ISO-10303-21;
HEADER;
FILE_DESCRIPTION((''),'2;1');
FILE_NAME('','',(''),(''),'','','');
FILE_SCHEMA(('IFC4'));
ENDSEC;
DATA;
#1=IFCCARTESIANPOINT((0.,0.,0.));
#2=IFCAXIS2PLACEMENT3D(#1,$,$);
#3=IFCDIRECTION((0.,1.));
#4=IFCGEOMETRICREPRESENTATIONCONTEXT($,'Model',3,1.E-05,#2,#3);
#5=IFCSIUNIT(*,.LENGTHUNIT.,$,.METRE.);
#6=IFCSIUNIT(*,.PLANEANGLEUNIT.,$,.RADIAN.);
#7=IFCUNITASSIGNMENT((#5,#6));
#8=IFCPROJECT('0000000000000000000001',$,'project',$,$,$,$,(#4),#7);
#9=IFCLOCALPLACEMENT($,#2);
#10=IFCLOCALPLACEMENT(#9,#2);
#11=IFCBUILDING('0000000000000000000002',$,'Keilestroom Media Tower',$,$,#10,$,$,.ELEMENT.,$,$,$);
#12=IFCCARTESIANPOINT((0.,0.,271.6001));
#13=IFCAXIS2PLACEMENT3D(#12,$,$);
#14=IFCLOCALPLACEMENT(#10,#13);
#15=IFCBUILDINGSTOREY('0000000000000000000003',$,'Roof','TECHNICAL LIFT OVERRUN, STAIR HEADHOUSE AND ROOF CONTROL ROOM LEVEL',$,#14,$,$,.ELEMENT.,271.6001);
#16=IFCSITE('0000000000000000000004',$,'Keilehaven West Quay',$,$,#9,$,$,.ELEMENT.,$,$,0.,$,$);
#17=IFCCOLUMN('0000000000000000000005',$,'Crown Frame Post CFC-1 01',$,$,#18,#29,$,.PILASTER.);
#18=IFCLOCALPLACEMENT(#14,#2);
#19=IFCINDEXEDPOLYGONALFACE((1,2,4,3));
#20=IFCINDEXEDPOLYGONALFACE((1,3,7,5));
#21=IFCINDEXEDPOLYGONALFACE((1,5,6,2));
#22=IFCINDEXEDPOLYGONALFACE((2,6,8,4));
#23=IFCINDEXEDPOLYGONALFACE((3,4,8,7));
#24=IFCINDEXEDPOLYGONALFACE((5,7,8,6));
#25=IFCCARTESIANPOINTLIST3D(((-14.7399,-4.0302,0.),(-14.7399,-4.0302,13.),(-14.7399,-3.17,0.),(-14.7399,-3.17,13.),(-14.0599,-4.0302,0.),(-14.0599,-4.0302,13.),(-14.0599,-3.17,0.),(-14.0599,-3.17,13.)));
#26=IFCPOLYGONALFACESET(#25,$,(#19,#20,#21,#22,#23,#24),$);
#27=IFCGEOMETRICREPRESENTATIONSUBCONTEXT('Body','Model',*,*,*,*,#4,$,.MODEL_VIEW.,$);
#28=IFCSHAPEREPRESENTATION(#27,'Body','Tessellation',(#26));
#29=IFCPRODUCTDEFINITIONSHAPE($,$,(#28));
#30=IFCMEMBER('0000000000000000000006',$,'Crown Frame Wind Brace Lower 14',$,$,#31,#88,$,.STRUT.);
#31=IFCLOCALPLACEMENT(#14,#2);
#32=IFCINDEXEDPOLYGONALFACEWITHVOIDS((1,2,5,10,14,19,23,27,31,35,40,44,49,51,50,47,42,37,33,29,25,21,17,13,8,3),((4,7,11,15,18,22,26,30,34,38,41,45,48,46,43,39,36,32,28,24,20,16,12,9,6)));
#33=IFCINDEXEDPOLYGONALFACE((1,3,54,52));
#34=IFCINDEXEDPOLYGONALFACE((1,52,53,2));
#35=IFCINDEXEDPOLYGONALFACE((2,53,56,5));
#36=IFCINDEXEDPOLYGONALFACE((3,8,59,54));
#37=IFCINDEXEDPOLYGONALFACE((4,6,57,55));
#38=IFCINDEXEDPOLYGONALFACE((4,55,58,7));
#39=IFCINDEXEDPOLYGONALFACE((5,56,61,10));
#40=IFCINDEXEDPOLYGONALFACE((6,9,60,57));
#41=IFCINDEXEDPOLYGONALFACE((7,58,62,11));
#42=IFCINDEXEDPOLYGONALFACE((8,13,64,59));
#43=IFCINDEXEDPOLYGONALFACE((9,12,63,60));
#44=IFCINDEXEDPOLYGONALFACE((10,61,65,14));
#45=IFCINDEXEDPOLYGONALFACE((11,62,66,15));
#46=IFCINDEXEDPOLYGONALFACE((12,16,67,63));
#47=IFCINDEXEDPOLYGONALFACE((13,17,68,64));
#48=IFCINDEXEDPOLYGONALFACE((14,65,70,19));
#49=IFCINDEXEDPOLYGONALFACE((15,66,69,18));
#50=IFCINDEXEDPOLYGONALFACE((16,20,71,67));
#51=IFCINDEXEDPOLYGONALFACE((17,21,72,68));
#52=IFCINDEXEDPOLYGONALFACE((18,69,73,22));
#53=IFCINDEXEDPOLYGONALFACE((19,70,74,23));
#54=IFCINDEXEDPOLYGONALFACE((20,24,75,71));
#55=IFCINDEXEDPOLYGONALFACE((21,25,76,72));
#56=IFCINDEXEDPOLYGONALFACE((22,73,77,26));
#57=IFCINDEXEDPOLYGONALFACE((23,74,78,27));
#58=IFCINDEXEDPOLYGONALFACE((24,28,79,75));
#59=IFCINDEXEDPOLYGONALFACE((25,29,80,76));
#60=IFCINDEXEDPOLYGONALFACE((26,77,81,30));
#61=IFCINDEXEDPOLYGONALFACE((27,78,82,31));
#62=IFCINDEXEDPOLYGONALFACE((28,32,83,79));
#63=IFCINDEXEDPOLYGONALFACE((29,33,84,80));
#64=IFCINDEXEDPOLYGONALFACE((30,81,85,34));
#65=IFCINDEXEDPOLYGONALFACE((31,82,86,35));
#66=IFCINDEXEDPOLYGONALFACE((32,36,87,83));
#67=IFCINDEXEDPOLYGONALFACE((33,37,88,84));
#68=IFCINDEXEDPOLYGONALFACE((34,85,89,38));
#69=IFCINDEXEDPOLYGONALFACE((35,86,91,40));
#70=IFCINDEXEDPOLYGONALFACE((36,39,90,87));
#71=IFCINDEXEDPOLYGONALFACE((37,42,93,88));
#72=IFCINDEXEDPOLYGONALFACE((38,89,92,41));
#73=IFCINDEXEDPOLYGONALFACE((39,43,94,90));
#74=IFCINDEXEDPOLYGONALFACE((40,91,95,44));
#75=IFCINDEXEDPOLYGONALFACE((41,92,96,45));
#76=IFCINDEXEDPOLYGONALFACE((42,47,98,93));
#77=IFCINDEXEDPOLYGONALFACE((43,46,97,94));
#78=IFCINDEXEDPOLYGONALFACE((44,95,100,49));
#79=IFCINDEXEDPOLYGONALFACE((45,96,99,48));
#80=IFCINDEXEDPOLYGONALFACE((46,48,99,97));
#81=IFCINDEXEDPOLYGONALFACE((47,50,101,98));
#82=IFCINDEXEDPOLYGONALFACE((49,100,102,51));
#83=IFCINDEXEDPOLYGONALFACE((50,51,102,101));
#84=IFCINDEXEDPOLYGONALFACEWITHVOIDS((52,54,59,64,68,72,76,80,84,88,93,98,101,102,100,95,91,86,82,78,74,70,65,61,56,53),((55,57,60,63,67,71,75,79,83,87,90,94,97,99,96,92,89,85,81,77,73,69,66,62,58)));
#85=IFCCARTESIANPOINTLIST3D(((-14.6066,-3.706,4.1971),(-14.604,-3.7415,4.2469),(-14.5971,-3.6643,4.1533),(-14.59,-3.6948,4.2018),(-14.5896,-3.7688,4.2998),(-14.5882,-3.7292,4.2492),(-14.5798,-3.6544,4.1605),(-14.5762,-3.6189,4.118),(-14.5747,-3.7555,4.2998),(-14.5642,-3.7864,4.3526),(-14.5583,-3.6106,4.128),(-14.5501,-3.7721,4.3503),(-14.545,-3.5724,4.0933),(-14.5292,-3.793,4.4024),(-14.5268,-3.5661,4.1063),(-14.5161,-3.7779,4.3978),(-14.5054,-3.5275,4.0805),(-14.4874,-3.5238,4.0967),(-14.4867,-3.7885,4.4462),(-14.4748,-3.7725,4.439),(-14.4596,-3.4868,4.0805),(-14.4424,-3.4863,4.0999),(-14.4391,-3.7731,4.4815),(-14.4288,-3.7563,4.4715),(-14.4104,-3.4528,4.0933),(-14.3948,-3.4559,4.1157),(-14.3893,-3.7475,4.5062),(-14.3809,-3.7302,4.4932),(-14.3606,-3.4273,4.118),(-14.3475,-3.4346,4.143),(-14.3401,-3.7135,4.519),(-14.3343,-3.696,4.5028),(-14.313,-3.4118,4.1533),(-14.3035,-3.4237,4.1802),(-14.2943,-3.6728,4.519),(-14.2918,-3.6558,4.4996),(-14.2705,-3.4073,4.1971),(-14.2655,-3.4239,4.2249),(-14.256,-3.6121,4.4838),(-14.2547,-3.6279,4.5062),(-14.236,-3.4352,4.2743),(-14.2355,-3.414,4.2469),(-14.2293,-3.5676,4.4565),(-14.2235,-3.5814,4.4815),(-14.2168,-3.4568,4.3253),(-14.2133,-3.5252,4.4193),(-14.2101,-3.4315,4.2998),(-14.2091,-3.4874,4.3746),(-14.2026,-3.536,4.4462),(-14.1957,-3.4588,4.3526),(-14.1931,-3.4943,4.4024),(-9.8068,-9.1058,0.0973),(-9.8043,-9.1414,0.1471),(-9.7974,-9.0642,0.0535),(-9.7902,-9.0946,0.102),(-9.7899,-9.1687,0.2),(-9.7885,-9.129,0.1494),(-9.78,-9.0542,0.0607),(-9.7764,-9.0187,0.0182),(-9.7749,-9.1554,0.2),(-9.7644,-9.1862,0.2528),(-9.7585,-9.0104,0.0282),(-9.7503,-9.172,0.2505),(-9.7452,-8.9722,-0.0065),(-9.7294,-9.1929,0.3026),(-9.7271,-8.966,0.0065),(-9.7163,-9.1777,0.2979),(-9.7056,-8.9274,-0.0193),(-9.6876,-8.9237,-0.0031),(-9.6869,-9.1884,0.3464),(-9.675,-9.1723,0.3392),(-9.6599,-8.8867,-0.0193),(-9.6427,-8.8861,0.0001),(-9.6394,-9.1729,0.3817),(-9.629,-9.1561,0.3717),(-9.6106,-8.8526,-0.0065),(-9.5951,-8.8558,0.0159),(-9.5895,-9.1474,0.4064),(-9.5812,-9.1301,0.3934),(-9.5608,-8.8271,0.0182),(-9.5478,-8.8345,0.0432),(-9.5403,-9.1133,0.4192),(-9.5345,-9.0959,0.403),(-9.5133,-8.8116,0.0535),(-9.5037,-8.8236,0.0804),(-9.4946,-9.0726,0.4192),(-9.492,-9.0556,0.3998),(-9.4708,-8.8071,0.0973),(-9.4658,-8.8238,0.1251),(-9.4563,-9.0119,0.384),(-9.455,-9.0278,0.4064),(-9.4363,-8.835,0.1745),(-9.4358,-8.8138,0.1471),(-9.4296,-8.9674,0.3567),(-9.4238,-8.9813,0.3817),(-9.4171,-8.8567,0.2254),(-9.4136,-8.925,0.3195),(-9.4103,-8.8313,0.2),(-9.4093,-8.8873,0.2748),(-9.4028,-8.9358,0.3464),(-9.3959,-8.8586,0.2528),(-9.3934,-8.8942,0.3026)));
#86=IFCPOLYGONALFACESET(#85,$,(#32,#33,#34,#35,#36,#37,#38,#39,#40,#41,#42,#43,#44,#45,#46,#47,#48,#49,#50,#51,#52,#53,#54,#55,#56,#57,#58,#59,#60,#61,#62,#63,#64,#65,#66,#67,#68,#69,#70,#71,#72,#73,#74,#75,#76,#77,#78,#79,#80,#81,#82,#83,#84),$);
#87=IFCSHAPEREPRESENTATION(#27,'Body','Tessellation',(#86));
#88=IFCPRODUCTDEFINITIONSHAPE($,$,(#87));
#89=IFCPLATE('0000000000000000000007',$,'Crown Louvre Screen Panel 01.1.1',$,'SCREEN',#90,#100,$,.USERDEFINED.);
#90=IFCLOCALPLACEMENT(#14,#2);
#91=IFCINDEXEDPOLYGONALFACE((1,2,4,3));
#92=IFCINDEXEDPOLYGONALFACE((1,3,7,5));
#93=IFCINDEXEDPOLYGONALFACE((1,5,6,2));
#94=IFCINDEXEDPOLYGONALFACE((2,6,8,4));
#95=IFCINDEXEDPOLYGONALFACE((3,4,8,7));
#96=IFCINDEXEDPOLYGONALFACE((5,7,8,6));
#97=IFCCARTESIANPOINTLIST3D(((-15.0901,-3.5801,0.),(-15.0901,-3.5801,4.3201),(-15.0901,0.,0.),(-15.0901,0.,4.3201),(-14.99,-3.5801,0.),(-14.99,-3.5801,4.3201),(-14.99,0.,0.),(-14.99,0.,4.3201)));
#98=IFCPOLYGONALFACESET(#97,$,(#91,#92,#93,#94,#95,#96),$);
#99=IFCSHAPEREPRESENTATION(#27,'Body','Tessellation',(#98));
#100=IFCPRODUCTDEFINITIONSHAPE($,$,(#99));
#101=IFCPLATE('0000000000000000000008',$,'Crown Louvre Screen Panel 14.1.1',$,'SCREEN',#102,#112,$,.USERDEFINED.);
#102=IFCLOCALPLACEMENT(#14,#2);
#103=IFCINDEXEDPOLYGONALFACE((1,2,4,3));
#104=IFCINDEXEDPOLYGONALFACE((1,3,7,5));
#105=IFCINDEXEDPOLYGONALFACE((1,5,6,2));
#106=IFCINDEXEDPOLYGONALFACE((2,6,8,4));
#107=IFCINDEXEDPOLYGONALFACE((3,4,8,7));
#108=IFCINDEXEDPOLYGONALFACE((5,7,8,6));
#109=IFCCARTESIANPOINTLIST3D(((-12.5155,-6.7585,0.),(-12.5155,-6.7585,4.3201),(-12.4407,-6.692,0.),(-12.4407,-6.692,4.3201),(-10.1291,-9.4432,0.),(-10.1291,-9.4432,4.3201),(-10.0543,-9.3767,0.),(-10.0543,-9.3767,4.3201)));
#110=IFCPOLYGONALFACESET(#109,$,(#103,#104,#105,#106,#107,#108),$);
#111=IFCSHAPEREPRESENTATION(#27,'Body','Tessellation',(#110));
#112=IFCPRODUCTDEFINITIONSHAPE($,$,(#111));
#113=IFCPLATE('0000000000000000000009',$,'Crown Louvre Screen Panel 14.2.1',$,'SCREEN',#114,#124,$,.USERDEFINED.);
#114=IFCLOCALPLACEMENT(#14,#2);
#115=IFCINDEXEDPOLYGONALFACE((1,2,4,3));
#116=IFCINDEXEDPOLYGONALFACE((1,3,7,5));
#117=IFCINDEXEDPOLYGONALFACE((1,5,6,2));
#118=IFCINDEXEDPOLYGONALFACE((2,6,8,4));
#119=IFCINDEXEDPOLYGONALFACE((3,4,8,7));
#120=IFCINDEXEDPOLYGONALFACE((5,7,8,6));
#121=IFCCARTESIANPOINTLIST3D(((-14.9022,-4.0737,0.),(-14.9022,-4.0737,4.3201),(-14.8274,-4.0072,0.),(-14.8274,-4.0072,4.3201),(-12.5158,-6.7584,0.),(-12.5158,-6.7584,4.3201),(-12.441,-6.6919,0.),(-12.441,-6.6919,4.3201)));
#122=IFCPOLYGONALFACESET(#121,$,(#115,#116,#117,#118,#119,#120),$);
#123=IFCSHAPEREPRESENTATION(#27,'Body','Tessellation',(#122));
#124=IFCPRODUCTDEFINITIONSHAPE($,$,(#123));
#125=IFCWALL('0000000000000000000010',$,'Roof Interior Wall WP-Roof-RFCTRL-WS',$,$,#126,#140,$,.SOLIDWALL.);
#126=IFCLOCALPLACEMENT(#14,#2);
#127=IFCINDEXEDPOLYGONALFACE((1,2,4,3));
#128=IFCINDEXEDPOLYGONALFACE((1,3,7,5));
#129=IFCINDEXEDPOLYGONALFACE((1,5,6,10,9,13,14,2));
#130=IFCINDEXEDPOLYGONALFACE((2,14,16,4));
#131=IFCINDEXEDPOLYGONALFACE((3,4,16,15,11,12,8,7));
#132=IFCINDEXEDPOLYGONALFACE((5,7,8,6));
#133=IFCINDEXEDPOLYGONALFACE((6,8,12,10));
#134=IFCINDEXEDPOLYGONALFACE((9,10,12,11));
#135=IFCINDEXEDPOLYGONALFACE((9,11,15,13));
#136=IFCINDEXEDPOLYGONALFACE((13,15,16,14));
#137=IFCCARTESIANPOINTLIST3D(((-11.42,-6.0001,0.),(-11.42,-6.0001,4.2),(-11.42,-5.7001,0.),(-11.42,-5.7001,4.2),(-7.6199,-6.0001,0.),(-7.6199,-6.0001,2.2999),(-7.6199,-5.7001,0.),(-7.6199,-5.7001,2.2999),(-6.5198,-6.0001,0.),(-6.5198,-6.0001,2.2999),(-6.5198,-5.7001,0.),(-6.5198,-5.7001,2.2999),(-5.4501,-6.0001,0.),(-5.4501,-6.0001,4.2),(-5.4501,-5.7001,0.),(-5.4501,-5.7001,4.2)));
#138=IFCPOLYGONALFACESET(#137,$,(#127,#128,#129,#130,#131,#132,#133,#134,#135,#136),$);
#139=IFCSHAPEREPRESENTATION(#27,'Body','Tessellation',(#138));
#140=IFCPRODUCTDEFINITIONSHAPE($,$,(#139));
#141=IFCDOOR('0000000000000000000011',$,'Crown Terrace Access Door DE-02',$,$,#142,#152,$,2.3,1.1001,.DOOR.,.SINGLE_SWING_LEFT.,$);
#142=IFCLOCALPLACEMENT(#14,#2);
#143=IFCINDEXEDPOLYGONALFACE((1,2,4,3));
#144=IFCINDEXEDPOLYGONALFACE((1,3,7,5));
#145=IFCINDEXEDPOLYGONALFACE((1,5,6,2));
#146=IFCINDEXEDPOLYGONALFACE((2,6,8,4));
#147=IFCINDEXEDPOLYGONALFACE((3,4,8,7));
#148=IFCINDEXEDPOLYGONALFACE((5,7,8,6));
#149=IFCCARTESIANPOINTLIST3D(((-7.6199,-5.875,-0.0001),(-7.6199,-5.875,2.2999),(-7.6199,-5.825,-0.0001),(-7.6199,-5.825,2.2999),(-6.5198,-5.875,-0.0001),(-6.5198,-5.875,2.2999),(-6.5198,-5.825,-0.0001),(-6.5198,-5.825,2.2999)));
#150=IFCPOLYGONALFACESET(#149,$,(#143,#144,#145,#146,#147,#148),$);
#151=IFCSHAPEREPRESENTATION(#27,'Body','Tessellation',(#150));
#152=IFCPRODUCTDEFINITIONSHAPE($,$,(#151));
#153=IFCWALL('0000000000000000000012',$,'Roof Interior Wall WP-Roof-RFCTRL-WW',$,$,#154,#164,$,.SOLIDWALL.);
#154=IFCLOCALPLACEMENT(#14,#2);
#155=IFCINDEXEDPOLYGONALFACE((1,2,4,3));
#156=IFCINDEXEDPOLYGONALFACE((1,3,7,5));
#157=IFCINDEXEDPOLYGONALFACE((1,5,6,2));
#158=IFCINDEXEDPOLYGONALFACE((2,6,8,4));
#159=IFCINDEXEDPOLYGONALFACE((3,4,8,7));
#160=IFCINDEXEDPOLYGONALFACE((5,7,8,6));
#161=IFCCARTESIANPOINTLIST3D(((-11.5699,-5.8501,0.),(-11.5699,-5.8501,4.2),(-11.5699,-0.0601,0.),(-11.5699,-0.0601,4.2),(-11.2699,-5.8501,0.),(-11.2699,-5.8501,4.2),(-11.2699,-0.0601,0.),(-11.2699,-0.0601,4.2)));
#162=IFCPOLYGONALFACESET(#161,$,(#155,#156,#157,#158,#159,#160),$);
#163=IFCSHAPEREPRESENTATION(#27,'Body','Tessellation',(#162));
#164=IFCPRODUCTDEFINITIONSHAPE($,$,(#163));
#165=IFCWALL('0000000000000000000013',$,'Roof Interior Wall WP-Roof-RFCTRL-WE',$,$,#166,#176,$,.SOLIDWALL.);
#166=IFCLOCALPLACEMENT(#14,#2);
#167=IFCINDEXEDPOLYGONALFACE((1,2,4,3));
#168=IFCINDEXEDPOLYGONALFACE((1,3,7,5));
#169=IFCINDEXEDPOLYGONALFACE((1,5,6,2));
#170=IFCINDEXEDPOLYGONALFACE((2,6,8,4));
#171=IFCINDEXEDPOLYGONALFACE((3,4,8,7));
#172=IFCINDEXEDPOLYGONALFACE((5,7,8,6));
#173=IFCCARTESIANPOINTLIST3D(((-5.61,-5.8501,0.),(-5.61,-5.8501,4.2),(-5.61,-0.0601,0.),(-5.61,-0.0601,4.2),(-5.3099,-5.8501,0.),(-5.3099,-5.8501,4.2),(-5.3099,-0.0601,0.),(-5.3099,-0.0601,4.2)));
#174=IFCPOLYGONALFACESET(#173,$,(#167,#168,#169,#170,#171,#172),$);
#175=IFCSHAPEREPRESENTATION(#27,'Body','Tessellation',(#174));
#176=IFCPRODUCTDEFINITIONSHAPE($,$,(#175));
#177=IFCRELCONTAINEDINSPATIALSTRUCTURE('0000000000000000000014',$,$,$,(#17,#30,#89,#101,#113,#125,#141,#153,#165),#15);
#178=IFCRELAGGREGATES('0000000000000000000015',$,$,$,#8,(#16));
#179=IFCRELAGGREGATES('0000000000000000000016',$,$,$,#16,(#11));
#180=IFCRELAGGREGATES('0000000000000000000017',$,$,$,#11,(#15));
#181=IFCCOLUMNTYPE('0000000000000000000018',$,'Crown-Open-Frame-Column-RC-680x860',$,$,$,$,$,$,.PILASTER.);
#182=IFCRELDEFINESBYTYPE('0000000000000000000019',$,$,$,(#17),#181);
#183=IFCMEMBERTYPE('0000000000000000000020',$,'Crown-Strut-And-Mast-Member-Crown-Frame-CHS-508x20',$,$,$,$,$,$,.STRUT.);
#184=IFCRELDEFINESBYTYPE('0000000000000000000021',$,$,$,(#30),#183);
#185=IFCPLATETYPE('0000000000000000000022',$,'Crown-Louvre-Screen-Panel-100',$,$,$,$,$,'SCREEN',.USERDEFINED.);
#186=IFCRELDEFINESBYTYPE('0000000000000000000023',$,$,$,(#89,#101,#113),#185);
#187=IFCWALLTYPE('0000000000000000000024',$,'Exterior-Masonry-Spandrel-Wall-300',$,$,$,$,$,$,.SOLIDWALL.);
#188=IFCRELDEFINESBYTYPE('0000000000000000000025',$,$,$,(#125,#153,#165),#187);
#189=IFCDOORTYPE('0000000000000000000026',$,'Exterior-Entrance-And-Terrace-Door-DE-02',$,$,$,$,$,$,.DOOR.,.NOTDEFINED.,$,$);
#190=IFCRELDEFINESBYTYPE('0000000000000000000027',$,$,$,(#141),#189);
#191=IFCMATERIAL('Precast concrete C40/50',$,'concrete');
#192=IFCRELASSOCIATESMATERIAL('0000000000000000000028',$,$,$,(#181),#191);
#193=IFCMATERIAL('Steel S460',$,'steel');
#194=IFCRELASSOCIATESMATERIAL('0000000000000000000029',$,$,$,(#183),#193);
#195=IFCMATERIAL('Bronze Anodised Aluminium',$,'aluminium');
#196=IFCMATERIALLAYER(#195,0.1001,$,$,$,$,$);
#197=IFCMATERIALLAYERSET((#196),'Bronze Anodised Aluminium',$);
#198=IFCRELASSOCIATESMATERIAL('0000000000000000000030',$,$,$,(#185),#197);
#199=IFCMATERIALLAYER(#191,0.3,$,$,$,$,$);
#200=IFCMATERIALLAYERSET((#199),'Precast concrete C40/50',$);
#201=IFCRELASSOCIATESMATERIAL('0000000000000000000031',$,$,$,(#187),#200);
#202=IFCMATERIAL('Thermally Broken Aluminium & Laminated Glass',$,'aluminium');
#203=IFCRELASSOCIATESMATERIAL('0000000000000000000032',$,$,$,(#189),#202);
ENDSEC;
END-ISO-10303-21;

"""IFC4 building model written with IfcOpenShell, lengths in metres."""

from ifc_helpers import new_model, si_unit, direction, frame, frame_2d, origin, origin_2d, place, context, subcontext, project, spatial, rectangle, hollow_circle, extrude, source, transform, mapped, material, layer, layer_set, material_profile, profile_set, type_object, element, fill, save


model = new_model("IFC4")

# Units and contexts
model_context = context("Model", 3, precision=1e-05, world=origin(), true_north=direction((0.0, 1.0)))
body_context = subcontext(model_context, "Body", "Model", "MODEL_VIEW")
ifc_project = project(units=[si_unit("LENGTHUNIT", "METRE"), si_unit("PLANEANGLEUNIT", "RADIAN")], contexts=[model_context])

# Site, building, storey
site_placement = place(None, origin())
site = spatial("IfcSite", under=ifc_project, at=site_placement, Name="Keilehaven West Quay", CompositionType="ELEMENT", RefElevation=0.0)
building_placement = place(site_placement, origin())
building = spatial("IfcBuilding", under=site, at=building_placement, Name="Keilestroom Media Tower", CompositionType="ELEMENT")
storey_placement = place(building_placement, frame((0.0, 0.0, 271.6001)))
storey = spatial("IfcBuildingStorey", under=building, at=storey_placement, Name="Roof", Description="TECHNICAL LIFT OVERRUN, STAIR HEADHOUSE AND ROOF CONTROL ROOM LEVEL", CompositionType="ELEMENT", Elevation=271.6001)

# Column
ifc_material_1 = material(Name="Precast concrete C40/50", Category="concrete")
ifc_material_profile_1 = material_profile(ifc_material_1, rectangle(XDim=0.6799, YDim=0.8601, at=origin_2d()), Name="CF 860x680")
ifc_profile_set_1 = profile_set([ifc_material_profile_1], Name="Precast concrete C40/50")
column_type = type_object("IfcColumnType", Name="Crown-Open-Frame-Column-RC-680x860", PredefinedType="PILASTER", material=ifc_profile_set_1)
shared_shape_1 = source(origin(), body_context, "Body", "SweptSolid", [
    extrude(rectangle(XDim=0.6799, YDim=0.8601, at=origin_2d()), origin(), (0.0, 0.0, 1.0), 13.0),
])
column_placement = place(storey_placement, frame((-14.3999, -3.6001, 0.0), z_axis=(0.0, 0.0, 1.0), x_axis=(1.0, 0.0, 0.0)))
element("IfcColumn", 1, at=column_placement, inside=storey, type_object=column_type, Name="Crown Frame Post CFC-1 01", PredefinedType="PILASTER", context=body_context, shape_type="MappedRepresentation", body=[
    mapped(shared_shape_1, transform((0.0, 0.0, 0.0), x_axis=(1.0, 0.0, 0.0), y_axis=(0.0, 1.0, 0.0), z_axis=(0.0, 0.0, 1.0), scale=1.0)),
])

# Member
ifc_material_2 = material(Name="Steel S460", Category="steel")
ifc_material_profile_2 = material_profile(ifc_material_2, hollow_circle(Radius=0.2539, WallThickness=0.02, at=origin_2d()), Name="CHS 508x20")
ifc_profile_set_2 = profile_set([ifc_material_profile_2], Name="Steel S460")
member_type = type_object("IfcMemberType", Name="Crown-Strut-And-Mast-Member-Crown-Frame-CHS-508x20", PredefinedType="STRUT", material=ifc_profile_set_2)
shared_shape_2 = source(origin(), body_context, "Body", "SweptSolid", [
    extrude(hollow_circle(Radius=0.2539, WallThickness=0.02, at=origin_2d()), origin(), (0.0, 0.0, 1.0), 8.3069),
])
member_placement = place(storey_placement, frame((-9.6001, -9.0, 0.2), z_axis=(-0.577804, 0.650044, 0.493543), x_axis=(-0.747417, -0.664355, 0.0)))
element("IfcMember", 2, at=member_placement, inside=storey, type_object=member_type, Name="Crown Frame Wind Brace Lower 14", PredefinedType="STRUT", context=body_context, shape_type="MappedRepresentation", body=[
    mapped(shared_shape_2, transform((0.0, 0.0, 0.0), x_axis=(1.0, 0.0, 0.0), y_axis=(0.0, 1.0, 0.0), z_axis=(0.0, 0.0, 1.0), scale=1.0)),
])

# Plates
ifc_material_3 = material(Name="Bronze Anodised Aluminium", Category="aluminium")
ifc_layer_1 = layer(ifc_material_3, 0.1001)
ifc_layer_set_1 = layer_set([ifc_layer_1], Name="Bronze Anodised Aluminium")
plate_type = type_object("IfcPlateType", Name="Crown-Louvre-Screen-Panel-100", ElementType="SCREEN", PredefinedType="USERDEFINED", material=ifc_layer_set_1)
shared_shape_3 = source(origin(), body_context, "Body", "SweptSolid", [
    extrude(rectangle(XDim=3.5801, YDim=0.1001, at=origin_2d()), origin(), (0.0, 0.0, 1.0), 4.3201),
])
plate_placement = place(storey_placement, frame((-15.04, -1.79, 0.0), z_axis=(0.0, 0.0, 1.0), x_axis=(0.0, 1.0, 0.0)))
element("IfcPlate", 3, at=plate_placement, inside=storey, type_object=plate_type, Name="Crown Louvre Screen Panel 01.1.1", ObjectType="SCREEN", PredefinedType="USERDEFINED", context=body_context, shape_type="MappedRepresentation", body=[
    mapped(shared_shape_3, transform((0.0, 0.0, 0.0), x_axis=(1.0, 0.0, 0.0), y_axis=(0.0, 1.0, 0.0), z_axis=(0.0, 0.0, 1.0), scale=1.0)),
])
shared_shape_4 = source(origin(), body_context, "Body", "SweptSolid", [
    extrude(rectangle(XDim=3.592, YDim=0.1001, at=origin_2d()), origin(), (0.0, 0.0, 1.0), 4.3201),
])
for number, where, z_axis, x_axis, name in (
    (4, (-11.2849, -8.0676, 0.0), (0.0, 0.0, 1.0), (-0.664363, 0.74741, 0.0), "Crown Louvre Screen Panel 14.1.1"),
    (5, (-13.6716, -5.3828, 0.0), (0.0, 0.0, 1.0), (-0.664363, 0.74741, 0.0), "Crown Louvre Screen Panel 14.2.1"),
):
    element("IfcPlate", number, at=place(storey_placement, frame(where, z_axis=z_axis, x_axis=x_axis)), inside=storey, type_object=plate_type, Name=name, ObjectType="SCREEN", PredefinedType="USERDEFINED", context=body_context, shape_type="MappedRepresentation", body=[
        mapped(shared_shape_4, transform((0.0, 0.0, 0.0), x_axis=(1.0, 0.0, 0.0), y_axis=(0.0, 1.0, 0.0), z_axis=(0.0, 0.0, 1.0), scale=1.0)),
    ])

# Wall, opening, door
ifc_layer_2 = layer(ifc_material_1, 0.3)
ifc_layer_set_2 = layer_set([ifc_layer_2], Name="Precast concrete C40/50")
wall_type_1 = type_object("IfcWallType", Name="Exterior-Masonry-Spandrel-Wall-300", PredefinedType="SOLIDWALL", material=ifc_layer_set_2)
wall_1_placement = place(storey_placement, frame((-11.4199, -5.8501, 0.0), z_axis=(0.0, 0.0, 1.0), x_axis=(1.0, 0.0, 0.0)))
wall_1 = element("IfcWall", 6, at=wall_1_placement, inside=storey, type_object=wall_type_1, Name="Roof Interior Wall WP-Roof-RFCTRL-WS", PredefinedType="SOLIDWALL", context=body_context, shape_type="SweptSolid", body=[
    extrude(rectangle(XDim=5.97, YDim=0.3, at=frame_2d((2.9849, 0.0))), origin(), (0.0, 0.0, 1.0), 4.2),
])
opening_1_placement = place(wall_1_placement, frame((3.8, 0.0, 0.0)))
opening_1 = element("IfcOpeningElement", 7, at=opening_1_placement, cuts=wall_1, PredefinedType="OPENING", context=body_context, shape_type="SweptSolid", body=[
    extrude(rectangle(XDim=1.1001, YDim=2.3, at=frame_2d((0.55, 1.1499))), frame((0.0, 0.1602, 0.0), z_axis=(0.0, -1.0, 0.0), x_axis=(1.0, 0.0, 0.0)), (0.0, 0.0, 1.0), 0.3201),
])
ifc_material_4 = material(Name="Thermally Broken Aluminium & Laminated Glass", Category="aluminium")
door_type_1 = type_object("IfcDoorType", Name="Exterior-Entrance-And-Terrace-Door-DE-02", OperationType="NOTDEFINED", PredefinedType="DOOR", material=ifc_material_4)
shared_shape_5 = source(origin(), body_context, "Body", "SweptSolid", [
    extrude(rectangle(XDim=1.1001, YDim=2.3, at=frame_2d((0.55, 1.1499))), frame((0.0, 0.0249, 0.0), z_axis=(0.0, -1.0, 0.0), x_axis=(1.0, 0.0, 0.0)), (0.0, 0.0, 1.0), 0.05),
])
door_1_placement = place(opening_1_placement, frame((1.1001, 0.0, 0.0), z_axis=(0.0, 0.0, 1.0), x_axis=(-1.0, 0.0, 0.0)))
door_1 = element("IfcDoor", 8, at=door_1_placement, inside=storey, type_object=door_type_1, Name="Crown Terrace Access Door DE-02", OperationType="SINGLE_SWING_LEFT", OverallHeight=2.3, OverallWidth=1.1001, PredefinedType="DOOR", context=body_context, shape_type="MappedRepresentation", body=[
    mapped(shared_shape_5, transform((0.0, 0.0, 0.0), x_axis=(1.0, 0.0, 0.0), y_axis=(0.0, 1.0, 0.0), z_axis=(0.0, 0.0, 1.0), scale=1.0)),
])
fill(opening_1, door_1)

# Walls
for number, where, z_axis, x_axis, name in (
    (9, (-11.4199, -5.8501, 0.0), (0.0, 0.0, 1.0), (0.0, 1.0, 0.0), "Roof Interior Wall WP-Roof-RFCTRL-WW"),
    (10, (-5.46, -5.8501, 0.0), (0.0, 0.0, 1.0), (0.0, 1.0, 0.0), "Roof Interior Wall WP-Roof-RFCTRL-WE"),
):
    element("IfcWall", number, at=place(storey_placement, frame(where, z_axis=z_axis, x_axis=x_axis)), inside=storey, type_object=wall_type_1, Name=name, PredefinedType="SOLIDWALL", context=body_context, shape_type="SweptSolid", body=[
        extrude(rectangle(XDim=5.79, YDim=0.3, at=frame_2d((2.895, 0.0))), origin(), (0.0, 0.0, 1.0), 4.2),
    ])

save(model, "model.ifc")
